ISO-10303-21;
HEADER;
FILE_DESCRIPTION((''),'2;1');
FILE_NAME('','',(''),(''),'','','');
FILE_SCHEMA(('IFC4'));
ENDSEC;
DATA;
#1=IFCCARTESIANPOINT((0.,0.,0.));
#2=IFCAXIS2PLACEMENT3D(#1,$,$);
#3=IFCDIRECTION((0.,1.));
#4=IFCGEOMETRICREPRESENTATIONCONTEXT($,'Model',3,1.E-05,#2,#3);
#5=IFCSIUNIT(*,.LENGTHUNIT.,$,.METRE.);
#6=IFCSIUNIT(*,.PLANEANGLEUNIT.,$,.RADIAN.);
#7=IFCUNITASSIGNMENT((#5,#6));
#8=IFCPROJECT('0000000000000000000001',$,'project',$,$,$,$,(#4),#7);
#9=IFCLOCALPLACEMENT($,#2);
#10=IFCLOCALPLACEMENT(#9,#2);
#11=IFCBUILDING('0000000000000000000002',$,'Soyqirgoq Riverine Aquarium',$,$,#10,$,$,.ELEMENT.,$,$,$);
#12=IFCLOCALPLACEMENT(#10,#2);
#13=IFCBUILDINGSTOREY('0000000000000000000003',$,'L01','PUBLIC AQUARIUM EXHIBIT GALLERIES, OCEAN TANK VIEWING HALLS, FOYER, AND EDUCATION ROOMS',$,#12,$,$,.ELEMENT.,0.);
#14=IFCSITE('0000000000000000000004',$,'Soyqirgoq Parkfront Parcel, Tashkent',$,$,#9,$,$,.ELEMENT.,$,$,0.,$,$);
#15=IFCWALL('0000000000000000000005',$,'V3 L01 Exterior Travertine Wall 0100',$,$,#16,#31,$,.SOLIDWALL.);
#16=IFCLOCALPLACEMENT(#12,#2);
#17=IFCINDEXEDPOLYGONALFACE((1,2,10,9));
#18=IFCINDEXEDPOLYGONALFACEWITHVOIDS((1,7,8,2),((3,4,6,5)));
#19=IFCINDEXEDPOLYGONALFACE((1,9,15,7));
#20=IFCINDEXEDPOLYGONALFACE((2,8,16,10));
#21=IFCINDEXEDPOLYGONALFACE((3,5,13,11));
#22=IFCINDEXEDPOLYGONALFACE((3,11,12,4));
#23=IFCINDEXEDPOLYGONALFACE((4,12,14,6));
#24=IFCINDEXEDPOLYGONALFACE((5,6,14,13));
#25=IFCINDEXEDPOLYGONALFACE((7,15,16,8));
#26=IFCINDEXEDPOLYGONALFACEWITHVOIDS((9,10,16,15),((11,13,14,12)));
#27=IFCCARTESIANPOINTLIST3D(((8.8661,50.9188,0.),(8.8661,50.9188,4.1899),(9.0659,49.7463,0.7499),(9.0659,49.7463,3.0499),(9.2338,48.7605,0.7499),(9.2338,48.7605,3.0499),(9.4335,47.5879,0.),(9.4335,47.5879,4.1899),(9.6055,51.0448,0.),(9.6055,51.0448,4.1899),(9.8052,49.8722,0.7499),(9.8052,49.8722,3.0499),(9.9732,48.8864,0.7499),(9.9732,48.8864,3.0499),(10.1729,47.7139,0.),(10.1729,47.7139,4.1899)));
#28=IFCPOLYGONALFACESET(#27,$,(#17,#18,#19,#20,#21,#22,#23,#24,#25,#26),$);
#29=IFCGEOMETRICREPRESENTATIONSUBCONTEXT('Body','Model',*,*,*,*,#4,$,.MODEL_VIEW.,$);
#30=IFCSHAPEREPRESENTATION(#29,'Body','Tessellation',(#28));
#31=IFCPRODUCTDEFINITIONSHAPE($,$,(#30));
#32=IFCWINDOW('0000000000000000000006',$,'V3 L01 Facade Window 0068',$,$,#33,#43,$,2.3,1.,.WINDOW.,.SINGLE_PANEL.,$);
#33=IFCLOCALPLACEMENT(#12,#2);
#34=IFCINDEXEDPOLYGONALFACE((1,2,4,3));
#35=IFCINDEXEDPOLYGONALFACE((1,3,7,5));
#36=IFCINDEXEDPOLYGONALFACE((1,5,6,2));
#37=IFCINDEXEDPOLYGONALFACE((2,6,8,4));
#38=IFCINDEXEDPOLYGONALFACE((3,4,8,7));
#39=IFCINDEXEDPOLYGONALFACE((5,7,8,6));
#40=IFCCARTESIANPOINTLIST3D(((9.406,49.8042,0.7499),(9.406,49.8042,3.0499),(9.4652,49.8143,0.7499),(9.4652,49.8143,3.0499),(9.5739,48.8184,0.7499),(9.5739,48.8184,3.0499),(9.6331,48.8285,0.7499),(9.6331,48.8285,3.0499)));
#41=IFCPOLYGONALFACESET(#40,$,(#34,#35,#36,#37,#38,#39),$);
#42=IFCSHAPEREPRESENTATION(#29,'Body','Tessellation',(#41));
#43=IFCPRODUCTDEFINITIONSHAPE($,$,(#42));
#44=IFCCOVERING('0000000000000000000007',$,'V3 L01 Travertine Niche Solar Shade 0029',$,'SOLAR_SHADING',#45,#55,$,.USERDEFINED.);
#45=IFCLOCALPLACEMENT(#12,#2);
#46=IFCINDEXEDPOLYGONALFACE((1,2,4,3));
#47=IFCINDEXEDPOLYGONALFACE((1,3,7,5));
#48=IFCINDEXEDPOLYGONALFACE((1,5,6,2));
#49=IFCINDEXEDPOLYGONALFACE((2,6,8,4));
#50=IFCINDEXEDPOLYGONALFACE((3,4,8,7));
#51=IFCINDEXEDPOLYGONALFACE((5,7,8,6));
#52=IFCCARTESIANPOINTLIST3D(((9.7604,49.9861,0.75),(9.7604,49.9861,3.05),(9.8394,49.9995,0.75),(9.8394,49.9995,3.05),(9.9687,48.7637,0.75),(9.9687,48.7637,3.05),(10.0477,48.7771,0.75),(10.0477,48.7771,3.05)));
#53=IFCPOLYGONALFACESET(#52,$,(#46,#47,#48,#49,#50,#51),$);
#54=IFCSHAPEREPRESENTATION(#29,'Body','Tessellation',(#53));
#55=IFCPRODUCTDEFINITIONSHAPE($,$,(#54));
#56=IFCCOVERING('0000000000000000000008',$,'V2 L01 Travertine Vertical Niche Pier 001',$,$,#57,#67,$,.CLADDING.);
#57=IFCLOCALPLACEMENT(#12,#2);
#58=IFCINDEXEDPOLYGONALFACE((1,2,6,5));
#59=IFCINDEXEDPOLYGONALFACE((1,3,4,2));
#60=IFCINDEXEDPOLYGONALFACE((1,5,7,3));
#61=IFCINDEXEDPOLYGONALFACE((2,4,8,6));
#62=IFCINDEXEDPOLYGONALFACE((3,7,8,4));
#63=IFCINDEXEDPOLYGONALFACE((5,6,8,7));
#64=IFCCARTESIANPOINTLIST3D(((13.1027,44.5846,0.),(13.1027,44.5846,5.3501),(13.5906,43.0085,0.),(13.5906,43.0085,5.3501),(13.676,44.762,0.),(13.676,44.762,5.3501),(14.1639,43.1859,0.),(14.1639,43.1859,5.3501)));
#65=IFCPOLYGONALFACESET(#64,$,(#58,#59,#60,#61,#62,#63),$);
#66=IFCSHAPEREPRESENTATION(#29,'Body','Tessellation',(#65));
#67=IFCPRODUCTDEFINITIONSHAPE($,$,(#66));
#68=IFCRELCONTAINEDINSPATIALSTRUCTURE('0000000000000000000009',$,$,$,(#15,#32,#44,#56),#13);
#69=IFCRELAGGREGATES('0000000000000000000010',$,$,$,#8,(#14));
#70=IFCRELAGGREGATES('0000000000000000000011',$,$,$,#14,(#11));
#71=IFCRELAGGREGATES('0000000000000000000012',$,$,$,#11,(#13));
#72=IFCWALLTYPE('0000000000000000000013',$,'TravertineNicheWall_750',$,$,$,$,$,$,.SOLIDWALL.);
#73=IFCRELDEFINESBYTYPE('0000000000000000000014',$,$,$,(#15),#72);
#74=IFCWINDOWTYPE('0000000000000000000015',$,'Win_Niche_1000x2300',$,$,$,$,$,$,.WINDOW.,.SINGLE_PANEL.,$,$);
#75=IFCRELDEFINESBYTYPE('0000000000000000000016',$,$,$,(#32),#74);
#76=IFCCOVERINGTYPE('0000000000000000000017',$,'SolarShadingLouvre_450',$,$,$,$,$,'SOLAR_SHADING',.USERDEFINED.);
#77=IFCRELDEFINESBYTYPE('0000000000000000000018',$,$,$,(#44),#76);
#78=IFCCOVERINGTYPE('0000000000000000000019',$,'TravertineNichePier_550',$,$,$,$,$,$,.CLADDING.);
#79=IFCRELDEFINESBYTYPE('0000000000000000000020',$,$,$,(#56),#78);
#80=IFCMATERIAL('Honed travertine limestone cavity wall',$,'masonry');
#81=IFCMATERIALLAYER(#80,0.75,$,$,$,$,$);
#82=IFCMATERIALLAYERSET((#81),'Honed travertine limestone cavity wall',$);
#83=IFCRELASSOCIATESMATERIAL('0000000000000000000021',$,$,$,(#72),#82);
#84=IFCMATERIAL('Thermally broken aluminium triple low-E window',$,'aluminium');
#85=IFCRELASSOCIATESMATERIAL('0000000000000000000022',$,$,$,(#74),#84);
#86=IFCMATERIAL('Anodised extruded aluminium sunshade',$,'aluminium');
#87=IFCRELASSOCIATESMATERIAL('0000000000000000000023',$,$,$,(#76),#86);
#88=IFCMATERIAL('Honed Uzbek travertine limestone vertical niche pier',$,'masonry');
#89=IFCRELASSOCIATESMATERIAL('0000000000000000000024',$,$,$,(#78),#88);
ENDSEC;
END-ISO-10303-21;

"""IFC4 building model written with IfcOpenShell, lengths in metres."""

from ifc_helpers import new_model, si_unit, direction, frame, frame_2d, origin, origin_2d, place, context, subcontext, project, spatial, rectangle, extrude, material, layer, layer_set, type_object, element, fill, save


model = new_model("IFC4")

# Units and contexts
model_context = context("Model", 3, precision=1e-05, world=origin(), true_north=direction((0.0, 1.0)))
body_context = subcontext(model_context, "Body", "Model", "MODEL_VIEW")
ifc_project = project(units=[si_unit("LENGTHUNIT", "METRE"), si_unit("PLANEANGLEUNIT", "RADIAN")], contexts=[model_context])

# Site, building, storey
site_placement = place(None, origin())
site = spatial("IfcSite", under=ifc_project, at=site_placement, Name="Soyqirgoq Parkfront Parcel, Tashkent", CompositionType="ELEMENT", RefElevation=0.0)
building_placement = place(site_placement, origin())
building = spatial("IfcBuilding", under=site, at=building_placement, Name="Soyqirgoq Riverine Aquarium", CompositionType="ELEMENT")
storey_placement = place(building_placement, origin())
storey = spatial("IfcBuildingStorey", under=building, at=storey_placement, Name="L01", Description="PUBLIC AQUARIUM EXHIBIT GALLERIES, OCEAN TANK VIEWING HALLS, FOYER, AND EDUCATION ROOMS", CompositionType="ELEMENT", Elevation=0.0)

# Shared definitions
ifc_material_1 = material(Name="Honed travertine limestone cavity wall", Category="masonry")
ifc_layer_1 = layer(ifc_material_1, 0.75)
ifc_layer_set_1 = layer_set([ifc_layer_1], Name="Honed travertine limestone cavity wall")
wall_type_1 = type_object("IfcWallType", Name="TravertineNicheWall_750", PredefinedType="SOLIDWALL", material=ifc_layer_set_1)

# Wall, opening, window
wall_1_placement = place(storey_placement, frame((9.8032, 47.6509, 0.0), z_axis=(0.0, 0.0, 1.0), x_axis=(-0.167925, 0.9858, 0.0)))
wall_1 = element("IfcWall", 1, at=wall_1_placement, inside=storey, type_object=wall_type_1, Name="V3 L01 Exterior Travertine Wall 0100", PredefinedType="SOLIDWALL", context=body_context, shape_type="SweptSolid", body=[
    extrude(rectangle(XDim=3.3789, YDim=0.75, at=frame_2d((1.6895, 0.0))), origin(), (0.0, 0.0, 1.0), 4.1899),
])
opening_1_placement = place(wall_1_placement, frame((1.1895, 0.0, 0.75)))
opening_1 = element("IfcOpeningElement", 2, at=opening_1_placement, cuts=wall_1, PredefinedType="OPENING", context=body_context, shape_type="SweptSolid", body=[
    extrude(rectangle(XDim=1.0, YDim=2.3, at=frame_2d((0.5, 1.1499))), frame((0.0, 0.385, 0.0), z_axis=(0.0, -1.0, 0.0), x_axis=(1.0, 0.0, 0.0)), (0.0, 0.0, 1.0), 0.77),
])
ifc_material_2 = material(Name="Thermally broken aluminium triple low-E window", Category="aluminium")
window_type_1 = type_object("IfcWindowType", Name="Win_Niche_1000x2300", PartitioningType="SINGLE_PANEL", PredefinedType="WINDOW", material=ifc_material_2)
window_1_placement = place(opening_1_placement, origin())
window_1 = element("IfcWindow", 3, at=window_1_placement, inside=storey, type_object=window_type_1, Name="V3 L01 Facade Window 0068", OverallHeight=2.3, OverallWidth=1.0, PartitioningType="SINGLE_PANEL", PredefinedType="WINDOW", context=body_context, shape_type="SweptSolid", body=[
    extrude(rectangle(XDim=1.0, YDim=2.3, at=frame_2d((0.5, 1.1499))), frame((0.0, 0.03, 0.0), z_axis=(0.0, -1.0, 0.0), x_axis=(1.0, 0.0, 0.0)), (0.0, 0.0, 1.0), 0.0601),
])
fill(opening_1, window_1)

# Coverings
ifc_material_3 = material(Name="Anodised extruded aluminium sunshade", Category="aluminium")
covering_type_1 = type_object("IfcCoveringType", Name="SolarShadingLouvre_450", ElementType="SOLAR_SHADING", PredefinedType="USERDEFINED", material=ifc_material_3)
covering_1_placement = place(storey_placement, frame((9.9041, 49.3816, 0.75), z_axis=(0.0, 0.0, 1.0), x_axis=(-0.167973, 0.985792, 0.0)))
element("IfcCovering", 4, at=covering_1_placement, inside=storey, type_object=covering_type_1, Name="V3 L01 Travertine Niche Solar Shade 0029", ObjectType="SOLAR_SHADING", PredefinedType="USERDEFINED", context=body_context, shape_type="SweptSolid", body=[
    extrude(rectangle(XDim=1.24, YDim=0.0801, at=origin_2d()), origin(), (0.0, 0.0, 1.0), 2.3),
])
ifc_material_4 = material(Name="Honed Uzbek travertine limestone vertical niche pier", Category="masonry")
covering_type_2 = type_object("IfcCoveringType", Name="TravertineNichePier_550", PredefinedType="CLADDING", material=ifc_material_4)
covering_2_placement = place(storey_placement, frame((13.6333, 43.8853, 0.0), z_axis=(0.0, 0.0, 1.0), x_axis=(-0.955278, -0.295708, 0.0)))
element("IfcCovering", 5, at=covering_2_placement, inside=storey, type_object=covering_type_2, Name="V2 L01 Travertine Vertical Niche Pier 001", PredefinedType="CLADDING", context=body_context, shape_type="SweptSolid", body=[
    extrude(rectangle(XDim=0.6001, YDim=1.6499, at=origin_2d()), origin(), (0.0, 0.0, 1.0), 5.3501),
])

save(model, "model.ifc")
